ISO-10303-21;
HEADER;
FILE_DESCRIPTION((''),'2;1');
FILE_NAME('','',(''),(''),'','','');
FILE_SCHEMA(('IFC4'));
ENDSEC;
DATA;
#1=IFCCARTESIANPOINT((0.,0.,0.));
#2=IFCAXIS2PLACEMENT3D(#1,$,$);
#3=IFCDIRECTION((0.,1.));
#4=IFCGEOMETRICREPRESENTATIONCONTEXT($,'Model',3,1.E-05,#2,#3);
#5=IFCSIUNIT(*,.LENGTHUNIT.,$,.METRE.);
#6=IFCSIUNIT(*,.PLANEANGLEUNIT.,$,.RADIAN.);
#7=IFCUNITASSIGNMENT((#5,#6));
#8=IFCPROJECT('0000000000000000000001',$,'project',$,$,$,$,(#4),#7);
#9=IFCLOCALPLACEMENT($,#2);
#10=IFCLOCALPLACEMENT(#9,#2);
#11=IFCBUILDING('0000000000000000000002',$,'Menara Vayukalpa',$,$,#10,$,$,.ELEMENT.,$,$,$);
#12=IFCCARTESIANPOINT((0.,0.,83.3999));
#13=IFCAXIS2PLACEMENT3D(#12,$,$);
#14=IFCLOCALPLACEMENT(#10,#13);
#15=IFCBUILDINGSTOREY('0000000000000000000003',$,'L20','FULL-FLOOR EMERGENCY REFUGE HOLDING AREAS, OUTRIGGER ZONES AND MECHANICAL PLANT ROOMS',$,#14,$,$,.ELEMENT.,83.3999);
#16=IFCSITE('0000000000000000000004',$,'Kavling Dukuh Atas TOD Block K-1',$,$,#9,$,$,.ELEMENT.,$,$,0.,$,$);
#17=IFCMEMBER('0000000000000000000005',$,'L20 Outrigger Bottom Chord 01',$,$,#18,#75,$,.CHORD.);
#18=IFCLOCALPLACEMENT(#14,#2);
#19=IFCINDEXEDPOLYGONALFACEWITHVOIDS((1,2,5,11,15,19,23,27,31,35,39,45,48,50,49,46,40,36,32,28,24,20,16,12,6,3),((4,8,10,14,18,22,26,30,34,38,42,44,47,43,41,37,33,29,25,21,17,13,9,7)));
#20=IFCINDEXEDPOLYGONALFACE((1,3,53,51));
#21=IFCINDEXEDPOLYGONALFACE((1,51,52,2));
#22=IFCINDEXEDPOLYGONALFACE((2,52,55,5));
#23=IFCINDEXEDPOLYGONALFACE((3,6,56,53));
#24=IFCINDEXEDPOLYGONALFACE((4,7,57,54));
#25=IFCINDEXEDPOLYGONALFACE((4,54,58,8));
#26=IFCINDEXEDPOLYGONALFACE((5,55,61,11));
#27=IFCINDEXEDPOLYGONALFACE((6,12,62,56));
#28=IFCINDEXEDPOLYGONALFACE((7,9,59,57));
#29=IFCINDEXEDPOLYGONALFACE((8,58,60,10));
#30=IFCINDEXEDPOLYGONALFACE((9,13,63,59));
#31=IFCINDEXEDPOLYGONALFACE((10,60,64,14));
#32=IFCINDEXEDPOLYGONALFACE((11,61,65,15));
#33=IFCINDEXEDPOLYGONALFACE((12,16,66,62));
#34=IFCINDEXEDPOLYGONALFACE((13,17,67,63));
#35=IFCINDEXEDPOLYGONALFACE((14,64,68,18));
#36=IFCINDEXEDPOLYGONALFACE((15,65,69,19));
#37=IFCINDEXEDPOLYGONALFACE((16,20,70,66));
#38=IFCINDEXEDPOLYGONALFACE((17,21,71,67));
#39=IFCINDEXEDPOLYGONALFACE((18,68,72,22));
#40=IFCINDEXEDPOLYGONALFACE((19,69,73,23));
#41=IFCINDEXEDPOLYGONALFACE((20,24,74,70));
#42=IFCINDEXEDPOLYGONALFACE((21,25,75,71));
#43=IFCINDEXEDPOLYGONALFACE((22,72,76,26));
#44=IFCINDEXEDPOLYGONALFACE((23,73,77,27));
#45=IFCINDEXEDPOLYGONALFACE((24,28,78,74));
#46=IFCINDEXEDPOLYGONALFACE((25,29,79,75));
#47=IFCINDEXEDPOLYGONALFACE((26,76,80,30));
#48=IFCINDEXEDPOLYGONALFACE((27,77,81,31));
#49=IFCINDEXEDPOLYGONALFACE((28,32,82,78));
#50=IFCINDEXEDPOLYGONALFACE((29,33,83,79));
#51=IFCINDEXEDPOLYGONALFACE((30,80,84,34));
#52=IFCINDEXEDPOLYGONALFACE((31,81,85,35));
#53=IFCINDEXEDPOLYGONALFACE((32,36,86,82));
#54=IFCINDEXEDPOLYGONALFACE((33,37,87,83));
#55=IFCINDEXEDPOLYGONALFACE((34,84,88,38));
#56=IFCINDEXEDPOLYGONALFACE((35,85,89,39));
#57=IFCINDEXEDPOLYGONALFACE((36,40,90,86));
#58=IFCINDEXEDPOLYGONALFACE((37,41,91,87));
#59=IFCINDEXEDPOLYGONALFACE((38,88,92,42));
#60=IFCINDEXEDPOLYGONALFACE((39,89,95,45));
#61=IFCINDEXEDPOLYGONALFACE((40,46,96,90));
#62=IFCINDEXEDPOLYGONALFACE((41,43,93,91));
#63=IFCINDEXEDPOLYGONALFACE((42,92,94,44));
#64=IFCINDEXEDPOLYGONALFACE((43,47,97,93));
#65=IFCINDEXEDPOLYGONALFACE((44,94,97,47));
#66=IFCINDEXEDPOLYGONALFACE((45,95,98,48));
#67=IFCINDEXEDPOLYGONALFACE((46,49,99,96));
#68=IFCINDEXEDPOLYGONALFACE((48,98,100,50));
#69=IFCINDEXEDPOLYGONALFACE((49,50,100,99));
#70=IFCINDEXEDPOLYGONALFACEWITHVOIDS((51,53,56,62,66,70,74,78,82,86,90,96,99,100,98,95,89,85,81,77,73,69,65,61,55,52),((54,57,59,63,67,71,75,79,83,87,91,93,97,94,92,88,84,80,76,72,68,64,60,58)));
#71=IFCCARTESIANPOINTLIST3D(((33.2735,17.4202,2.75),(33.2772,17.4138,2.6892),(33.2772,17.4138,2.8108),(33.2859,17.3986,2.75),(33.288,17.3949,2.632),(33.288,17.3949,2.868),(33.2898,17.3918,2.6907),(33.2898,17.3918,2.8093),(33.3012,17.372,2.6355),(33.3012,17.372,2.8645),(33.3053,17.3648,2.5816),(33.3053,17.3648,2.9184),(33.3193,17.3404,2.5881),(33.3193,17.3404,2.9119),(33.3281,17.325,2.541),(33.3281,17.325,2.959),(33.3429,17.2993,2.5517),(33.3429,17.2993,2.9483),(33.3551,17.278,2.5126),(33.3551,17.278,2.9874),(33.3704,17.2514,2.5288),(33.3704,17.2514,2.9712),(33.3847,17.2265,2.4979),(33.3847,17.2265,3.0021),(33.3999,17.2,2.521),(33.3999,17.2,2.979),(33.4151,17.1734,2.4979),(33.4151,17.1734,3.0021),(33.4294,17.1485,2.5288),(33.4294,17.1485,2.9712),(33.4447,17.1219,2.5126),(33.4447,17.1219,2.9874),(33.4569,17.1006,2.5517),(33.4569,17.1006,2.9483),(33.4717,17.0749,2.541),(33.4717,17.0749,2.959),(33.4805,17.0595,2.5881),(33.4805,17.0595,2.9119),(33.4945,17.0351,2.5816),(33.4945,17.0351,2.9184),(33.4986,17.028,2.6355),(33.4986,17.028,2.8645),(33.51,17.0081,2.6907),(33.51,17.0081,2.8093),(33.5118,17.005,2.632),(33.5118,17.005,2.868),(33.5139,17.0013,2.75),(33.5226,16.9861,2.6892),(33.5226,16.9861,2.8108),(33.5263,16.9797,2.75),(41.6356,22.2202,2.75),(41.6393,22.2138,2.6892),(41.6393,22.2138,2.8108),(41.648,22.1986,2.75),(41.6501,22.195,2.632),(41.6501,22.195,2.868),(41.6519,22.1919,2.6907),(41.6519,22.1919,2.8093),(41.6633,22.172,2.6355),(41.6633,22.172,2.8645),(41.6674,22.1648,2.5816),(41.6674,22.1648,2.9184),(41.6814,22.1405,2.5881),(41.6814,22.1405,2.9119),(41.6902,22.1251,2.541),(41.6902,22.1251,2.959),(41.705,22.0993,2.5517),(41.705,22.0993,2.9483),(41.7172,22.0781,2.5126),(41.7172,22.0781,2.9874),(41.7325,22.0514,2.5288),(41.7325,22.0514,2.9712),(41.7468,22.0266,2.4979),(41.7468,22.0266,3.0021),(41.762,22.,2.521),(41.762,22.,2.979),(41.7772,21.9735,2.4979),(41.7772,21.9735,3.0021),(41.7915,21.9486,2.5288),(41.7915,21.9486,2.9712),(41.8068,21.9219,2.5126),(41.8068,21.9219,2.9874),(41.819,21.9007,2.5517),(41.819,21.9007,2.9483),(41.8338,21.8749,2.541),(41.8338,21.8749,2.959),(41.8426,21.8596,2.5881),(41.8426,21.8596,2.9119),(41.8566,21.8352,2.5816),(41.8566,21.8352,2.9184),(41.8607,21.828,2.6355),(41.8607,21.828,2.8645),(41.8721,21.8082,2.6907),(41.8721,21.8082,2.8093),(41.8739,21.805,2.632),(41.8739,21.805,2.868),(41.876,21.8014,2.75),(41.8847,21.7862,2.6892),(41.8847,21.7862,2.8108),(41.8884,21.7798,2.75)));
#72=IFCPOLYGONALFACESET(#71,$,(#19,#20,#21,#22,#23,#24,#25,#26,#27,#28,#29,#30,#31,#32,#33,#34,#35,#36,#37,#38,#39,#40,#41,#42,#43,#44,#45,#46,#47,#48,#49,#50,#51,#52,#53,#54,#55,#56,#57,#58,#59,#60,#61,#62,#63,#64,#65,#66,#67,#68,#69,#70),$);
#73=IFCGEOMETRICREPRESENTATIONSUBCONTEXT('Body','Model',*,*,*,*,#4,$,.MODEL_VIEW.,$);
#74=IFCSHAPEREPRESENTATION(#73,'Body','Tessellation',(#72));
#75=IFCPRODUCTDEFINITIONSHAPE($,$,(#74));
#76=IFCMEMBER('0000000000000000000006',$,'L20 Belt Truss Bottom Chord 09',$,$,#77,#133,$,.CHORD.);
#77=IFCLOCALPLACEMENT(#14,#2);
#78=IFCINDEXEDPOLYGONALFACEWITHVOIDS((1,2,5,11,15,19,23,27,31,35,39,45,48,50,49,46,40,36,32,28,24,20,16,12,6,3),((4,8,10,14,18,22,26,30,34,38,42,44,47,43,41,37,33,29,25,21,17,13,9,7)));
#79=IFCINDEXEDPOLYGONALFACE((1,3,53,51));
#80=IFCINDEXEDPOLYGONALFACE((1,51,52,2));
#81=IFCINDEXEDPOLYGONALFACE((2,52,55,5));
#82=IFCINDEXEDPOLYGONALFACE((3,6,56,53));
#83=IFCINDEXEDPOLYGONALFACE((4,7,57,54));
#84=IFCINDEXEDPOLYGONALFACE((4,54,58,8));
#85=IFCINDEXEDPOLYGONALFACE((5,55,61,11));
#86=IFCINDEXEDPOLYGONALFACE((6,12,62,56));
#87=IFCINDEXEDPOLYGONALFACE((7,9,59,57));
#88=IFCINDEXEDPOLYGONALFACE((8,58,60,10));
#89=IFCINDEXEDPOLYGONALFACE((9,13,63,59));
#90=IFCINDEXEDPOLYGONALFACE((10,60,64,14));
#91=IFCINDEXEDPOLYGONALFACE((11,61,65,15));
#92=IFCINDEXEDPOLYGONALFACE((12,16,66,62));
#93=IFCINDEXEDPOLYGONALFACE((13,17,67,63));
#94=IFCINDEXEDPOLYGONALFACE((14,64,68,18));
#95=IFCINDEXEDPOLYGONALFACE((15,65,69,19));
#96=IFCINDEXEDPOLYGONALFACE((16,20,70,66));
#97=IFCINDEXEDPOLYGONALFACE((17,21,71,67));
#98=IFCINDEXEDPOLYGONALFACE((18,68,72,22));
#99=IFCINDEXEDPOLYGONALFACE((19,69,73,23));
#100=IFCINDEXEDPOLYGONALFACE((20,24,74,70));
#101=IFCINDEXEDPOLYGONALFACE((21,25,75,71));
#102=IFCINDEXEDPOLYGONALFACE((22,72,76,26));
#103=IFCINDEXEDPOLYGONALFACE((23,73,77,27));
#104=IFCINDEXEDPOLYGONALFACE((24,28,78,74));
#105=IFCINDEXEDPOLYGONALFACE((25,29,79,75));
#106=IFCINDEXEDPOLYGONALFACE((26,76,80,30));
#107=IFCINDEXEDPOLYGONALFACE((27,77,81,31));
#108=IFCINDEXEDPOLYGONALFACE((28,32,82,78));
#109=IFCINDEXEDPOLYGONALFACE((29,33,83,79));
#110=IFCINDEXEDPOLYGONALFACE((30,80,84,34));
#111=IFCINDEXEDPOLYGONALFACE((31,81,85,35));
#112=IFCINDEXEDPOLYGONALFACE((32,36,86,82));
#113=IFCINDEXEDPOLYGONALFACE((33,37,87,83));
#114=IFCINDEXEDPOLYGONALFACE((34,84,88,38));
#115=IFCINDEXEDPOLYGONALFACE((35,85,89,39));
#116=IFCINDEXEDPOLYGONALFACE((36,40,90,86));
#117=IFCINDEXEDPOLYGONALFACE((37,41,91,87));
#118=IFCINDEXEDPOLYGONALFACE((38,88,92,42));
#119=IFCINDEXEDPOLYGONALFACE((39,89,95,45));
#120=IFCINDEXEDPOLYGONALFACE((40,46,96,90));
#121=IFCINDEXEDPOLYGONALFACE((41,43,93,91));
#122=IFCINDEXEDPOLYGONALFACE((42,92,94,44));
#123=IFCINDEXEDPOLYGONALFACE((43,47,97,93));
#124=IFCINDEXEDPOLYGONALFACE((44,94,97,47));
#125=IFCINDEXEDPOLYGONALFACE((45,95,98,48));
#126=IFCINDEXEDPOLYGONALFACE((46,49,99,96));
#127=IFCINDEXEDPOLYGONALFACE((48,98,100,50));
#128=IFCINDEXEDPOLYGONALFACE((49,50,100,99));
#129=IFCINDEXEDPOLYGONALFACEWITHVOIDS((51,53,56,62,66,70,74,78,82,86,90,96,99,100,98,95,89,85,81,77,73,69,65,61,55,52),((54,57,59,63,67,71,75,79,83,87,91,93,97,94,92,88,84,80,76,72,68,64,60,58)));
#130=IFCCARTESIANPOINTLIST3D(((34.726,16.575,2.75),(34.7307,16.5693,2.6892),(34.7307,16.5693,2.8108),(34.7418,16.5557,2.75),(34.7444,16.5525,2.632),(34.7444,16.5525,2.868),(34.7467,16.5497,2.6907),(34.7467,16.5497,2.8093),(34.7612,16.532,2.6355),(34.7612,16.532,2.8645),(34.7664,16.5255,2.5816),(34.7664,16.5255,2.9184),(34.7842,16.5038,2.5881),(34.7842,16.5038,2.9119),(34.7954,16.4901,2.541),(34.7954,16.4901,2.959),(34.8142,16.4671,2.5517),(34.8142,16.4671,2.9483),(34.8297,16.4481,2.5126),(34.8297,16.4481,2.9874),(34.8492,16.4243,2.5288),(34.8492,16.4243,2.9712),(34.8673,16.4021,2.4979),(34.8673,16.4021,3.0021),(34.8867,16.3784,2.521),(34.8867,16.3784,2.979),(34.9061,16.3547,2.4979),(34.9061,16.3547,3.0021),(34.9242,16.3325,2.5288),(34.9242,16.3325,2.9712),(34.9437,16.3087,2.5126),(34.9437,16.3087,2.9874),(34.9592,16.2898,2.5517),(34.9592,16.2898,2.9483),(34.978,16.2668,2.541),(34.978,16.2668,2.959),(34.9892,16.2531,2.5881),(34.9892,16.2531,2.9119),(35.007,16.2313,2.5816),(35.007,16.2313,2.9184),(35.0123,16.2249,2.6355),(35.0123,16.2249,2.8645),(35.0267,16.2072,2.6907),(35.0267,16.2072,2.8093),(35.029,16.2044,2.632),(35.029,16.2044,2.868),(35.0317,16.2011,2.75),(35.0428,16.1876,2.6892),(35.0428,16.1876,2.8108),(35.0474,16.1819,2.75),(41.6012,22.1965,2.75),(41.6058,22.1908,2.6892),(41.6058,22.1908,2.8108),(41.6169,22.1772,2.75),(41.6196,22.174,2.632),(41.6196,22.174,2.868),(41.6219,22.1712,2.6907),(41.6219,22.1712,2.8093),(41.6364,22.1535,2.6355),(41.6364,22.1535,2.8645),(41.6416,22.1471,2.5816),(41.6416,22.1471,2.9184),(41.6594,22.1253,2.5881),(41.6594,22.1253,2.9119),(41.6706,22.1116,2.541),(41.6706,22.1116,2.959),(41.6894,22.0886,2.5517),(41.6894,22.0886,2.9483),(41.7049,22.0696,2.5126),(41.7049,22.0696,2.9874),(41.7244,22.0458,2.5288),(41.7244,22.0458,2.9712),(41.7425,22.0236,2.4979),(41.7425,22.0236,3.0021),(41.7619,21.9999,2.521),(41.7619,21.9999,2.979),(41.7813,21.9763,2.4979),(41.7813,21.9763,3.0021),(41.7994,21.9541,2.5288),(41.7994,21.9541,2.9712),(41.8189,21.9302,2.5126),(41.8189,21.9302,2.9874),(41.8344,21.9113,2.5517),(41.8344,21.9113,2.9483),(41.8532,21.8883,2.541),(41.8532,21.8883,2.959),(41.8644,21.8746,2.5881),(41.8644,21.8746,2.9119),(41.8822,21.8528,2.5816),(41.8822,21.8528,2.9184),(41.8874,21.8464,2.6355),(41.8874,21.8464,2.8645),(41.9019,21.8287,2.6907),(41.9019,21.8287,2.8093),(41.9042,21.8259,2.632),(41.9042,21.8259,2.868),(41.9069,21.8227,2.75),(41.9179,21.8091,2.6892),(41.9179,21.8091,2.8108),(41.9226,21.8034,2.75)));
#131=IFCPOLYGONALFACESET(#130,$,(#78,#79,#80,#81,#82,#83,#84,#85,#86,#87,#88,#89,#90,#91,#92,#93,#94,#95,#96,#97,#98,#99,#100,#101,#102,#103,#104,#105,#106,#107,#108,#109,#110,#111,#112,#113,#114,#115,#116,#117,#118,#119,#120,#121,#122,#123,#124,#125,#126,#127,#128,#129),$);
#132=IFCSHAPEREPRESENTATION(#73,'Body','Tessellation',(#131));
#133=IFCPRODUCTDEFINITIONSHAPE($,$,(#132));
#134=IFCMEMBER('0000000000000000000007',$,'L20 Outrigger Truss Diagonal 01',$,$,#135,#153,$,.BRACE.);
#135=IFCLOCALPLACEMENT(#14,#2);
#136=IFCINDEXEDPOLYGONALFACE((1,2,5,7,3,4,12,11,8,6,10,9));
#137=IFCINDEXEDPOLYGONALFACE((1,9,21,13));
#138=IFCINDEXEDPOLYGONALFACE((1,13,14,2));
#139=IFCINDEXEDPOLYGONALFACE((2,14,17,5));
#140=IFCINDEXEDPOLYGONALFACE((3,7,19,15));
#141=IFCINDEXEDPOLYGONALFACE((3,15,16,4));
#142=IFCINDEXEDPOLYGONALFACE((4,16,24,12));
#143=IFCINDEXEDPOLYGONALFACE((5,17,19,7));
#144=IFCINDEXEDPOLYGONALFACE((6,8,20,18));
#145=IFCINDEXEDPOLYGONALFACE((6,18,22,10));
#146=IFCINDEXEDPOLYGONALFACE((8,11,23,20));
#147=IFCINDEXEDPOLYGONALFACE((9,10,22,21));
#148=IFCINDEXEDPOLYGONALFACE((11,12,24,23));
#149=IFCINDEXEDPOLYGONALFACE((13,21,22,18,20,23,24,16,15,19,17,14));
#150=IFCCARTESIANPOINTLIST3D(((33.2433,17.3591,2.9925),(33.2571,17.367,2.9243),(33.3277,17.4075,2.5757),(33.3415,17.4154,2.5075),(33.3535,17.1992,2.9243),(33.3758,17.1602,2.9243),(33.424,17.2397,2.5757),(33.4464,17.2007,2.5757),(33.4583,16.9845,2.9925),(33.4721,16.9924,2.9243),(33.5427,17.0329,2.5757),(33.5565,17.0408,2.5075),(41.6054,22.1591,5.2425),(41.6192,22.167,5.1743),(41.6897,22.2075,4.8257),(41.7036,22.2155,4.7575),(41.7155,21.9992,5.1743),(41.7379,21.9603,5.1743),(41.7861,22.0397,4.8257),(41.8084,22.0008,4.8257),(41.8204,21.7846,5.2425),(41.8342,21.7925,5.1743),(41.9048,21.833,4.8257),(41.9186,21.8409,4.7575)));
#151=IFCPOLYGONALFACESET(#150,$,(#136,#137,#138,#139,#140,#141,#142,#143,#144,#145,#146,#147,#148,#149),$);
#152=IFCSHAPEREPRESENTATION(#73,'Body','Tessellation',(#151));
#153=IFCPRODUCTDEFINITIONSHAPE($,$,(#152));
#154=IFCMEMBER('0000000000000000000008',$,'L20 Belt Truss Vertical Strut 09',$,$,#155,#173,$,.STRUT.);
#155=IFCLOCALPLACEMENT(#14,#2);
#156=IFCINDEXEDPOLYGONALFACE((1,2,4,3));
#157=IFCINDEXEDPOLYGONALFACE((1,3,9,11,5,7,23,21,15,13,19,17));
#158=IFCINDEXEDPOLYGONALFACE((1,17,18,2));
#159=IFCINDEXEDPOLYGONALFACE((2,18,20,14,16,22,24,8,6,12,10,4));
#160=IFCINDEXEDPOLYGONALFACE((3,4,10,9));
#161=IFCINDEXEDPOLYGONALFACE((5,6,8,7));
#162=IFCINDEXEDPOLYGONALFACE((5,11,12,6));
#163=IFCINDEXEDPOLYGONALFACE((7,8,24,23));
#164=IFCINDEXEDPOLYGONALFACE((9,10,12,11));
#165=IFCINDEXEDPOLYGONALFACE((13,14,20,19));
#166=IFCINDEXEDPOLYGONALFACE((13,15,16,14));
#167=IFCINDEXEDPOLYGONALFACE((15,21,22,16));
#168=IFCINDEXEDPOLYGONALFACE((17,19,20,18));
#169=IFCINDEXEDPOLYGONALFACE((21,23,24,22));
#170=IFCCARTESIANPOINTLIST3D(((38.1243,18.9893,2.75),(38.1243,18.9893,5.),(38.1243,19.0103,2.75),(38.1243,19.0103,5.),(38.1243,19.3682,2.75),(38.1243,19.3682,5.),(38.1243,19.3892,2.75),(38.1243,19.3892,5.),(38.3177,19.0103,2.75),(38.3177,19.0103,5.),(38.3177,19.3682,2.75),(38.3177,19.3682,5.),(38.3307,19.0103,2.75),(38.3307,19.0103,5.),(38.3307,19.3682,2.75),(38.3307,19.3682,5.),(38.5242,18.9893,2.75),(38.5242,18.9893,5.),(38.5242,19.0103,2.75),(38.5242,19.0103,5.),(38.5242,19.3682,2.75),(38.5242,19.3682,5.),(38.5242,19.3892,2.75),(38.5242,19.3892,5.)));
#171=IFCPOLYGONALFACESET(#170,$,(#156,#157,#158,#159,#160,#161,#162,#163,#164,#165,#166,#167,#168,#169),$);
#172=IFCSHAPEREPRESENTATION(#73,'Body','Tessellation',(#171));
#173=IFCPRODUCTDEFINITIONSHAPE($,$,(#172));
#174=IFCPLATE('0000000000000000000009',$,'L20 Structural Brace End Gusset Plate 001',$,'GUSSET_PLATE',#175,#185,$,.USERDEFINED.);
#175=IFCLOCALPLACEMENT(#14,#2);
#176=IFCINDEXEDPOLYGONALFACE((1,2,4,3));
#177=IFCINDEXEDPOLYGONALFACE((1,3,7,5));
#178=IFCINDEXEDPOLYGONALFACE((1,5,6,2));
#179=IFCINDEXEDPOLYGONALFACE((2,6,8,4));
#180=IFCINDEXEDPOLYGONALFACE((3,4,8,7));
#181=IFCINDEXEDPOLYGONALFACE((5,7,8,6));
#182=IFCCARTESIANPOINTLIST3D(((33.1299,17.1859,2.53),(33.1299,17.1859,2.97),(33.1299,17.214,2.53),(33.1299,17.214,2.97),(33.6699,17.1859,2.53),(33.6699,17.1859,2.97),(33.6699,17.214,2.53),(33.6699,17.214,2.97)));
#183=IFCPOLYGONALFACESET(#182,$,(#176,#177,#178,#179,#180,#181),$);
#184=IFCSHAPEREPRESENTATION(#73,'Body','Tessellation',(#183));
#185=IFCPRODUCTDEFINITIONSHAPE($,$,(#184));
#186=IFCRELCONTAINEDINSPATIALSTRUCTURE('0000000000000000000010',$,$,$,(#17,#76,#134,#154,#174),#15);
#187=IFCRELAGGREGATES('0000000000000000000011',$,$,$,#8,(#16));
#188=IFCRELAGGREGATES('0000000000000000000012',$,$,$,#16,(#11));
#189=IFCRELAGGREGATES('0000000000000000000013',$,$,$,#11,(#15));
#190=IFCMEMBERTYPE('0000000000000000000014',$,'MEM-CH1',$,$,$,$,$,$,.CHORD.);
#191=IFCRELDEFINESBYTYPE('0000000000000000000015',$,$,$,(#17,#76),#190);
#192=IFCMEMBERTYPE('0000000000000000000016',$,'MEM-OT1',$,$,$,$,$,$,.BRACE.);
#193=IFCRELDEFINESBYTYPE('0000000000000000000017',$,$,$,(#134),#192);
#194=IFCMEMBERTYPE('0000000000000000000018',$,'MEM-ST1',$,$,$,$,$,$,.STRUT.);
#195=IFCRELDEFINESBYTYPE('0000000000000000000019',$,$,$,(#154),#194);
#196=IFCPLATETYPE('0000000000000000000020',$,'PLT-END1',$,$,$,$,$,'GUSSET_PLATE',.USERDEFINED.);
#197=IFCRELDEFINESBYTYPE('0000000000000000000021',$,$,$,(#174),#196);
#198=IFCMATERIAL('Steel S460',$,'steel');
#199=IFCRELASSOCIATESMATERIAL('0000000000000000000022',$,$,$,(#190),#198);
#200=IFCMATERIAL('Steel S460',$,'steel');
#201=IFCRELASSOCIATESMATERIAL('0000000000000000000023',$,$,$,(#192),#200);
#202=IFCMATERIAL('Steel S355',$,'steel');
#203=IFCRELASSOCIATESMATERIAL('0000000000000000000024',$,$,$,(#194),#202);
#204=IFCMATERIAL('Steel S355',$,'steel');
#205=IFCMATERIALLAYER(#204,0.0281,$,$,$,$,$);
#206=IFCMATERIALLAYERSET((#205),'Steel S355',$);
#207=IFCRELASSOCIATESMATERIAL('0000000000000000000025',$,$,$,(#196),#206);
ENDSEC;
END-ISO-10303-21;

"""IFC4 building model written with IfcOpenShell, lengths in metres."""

from ifc_helpers import new_model, si_unit, direction, frame, origin, origin_2d, place, context, subcontext, project, spatial, rectangle, hollow_circle, i_section, extrude, material, layer, layer_set, material_profile, profile_set, type_object, element, save


model = new_model("IFC4")

# Units and contexts
model_context = context("Model", 3, precision=1e-05, world=origin(), true_north=direction((0.0, 1.0)))
body_context = subcontext(model_context, "Body", "Model", "MODEL_VIEW")
ifc_project = project(units=[si_unit("LENGTHUNIT", "METRE"), si_unit("PLANEANGLEUNIT", "RADIAN")], contexts=[model_context])

# Site, building, storey
site_placement = place(None, origin())
site = spatial("IfcSite", under=ifc_project, at=site_placement, Name="Kavling Dukuh Atas TOD Block K-1", CompositionType="ELEMENT", RefElevation=0.0)
building_placement = place(site_placement, origin())
building = spatial("IfcBuilding", under=site, at=building_placement, Name="Menara Vayukalpa", CompositionType="ELEMENT")
storey_placement = place(building_placement, frame((0.0, 0.0, 83.3999)))
storey = spatial("IfcBuildingStorey", under=building, at=storey_placement, Name="L20", Description="FULL-FLOOR EMERGENCY REFUGE HOLDING AREAS, OUTRIGGER ZONES AND MECHANICAL PLANT ROOMS", CompositionType="ELEMENT", Elevation=83.3999)

# Members
ifc_material_1 = material(Name="Steel S460", Category="steel")
ifc_material_profile_1 = material_profile(ifc_material_1, hollow_circle(Radius=0.2539, WallThickness=0.0249, at=origin_2d()), Name="CHS 508.0x25")
ifc_profile_set_1 = profile_set([ifc_material_profile_1], Name="Steel S460")
member_type_1 = type_object("IfcMemberType", Name="MEM-CH1", PredefinedType="CHORD", material=ifc_profile_set_1)
member_1_placement = place(storey_placement, frame((33.3999, 17.2, 2.75), z_axis=(0.867271, 0.497837, 0.0), x_axis=(-0.497837, 0.867271, 0.0)))
element("IfcMember", 1, at=member_1_placement, inside=storey, type_object=member_type_1, Name="L20 Outrigger Bottom Chord 01", PredefinedType="CHORD", context=body_context, shape_type="SweptSolid", body=[
    extrude(hollow_circle(Radius=0.2539, WallThickness=0.0249, at=origin_2d()), origin(), (0.0, 0.0, 1.0), 9.6418),
])
member_2_placement = place(storey_placement, frame((34.8867, 16.3784, 2.75), z_axis=(0.774157, 0.632994, 0.0), x_axis=(-0.632994, 0.774157, 0.0)))
element("IfcMember", 2, at=member_2_placement, inside=storey, type_object=member_type_1, Name="L20 Belt Truss Bottom Chord 09", PredefinedType="CHORD", context=body_context, shape_type="SweptSolid", body=[
    extrude(hollow_circle(Radius=0.2539, WallThickness=0.0249, at=origin_2d()), origin(), (0.0, 0.0, 1.0), 8.8809),
])
ifc_material_2 = material(Name="Steel S460", Category="steel")
ifc_material_profile_2 = material_profile(ifc_material_2, i_section(OverallWidth=0.4319, OverallDepth=0.498, WebThickness=0.0449, FlangeThickness=0.0701, at=origin_2d()), Name="H 498x432x45x70")
ifc_profile_set_2 = profile_set([ifc_material_profile_2], Name="Steel S460")
member_type_2 = type_object("IfcMemberType", Name="MEM-OT1", PredefinedType="BRACE", material=ifc_profile_set_2)
member_3_placement = place(storey_placement, frame((33.3999, 17.2, 2.75), z_axis=(0.844579, 0.484811, 0.227253), x_axis=(-0.497837, 0.867271, 0.0)))
element("IfcMember", 3, at=member_3_placement, inside=storey, type_object=member_type_2, Name="L20 Outrigger Truss Diagonal 01", PredefinedType="BRACE", context=body_context, shape_type="SweptSolid", body=[
    extrude(i_section(OverallWidth=0.4319, OverallDepth=0.498, WebThickness=0.0449, FlangeThickness=0.0701, at=origin_2d()), origin(), (0.0, 0.0, 1.0), 9.9009),
])
ifc_material_3 = material(Name="Steel S355", Category="steel")
ifc_material_profile_3 = material_profile(ifc_material_3, i_section(OverallWidth=0.3999, OverallDepth=0.3999, WebThickness=0.0129, FlangeThickness=0.021, at=origin_2d()), Name="H 400x400x13x21")
ifc_profile_set_3 = profile_set([ifc_material_profile_3], Name="Steel S355")
member_type_3 = type_object("IfcMemberType", Name="MEM-ST1", PredefinedType="STRUT", material=ifc_profile_set_3)
member_4_placement = place(storey_placement, frame((38.3242, 19.1892, 2.75), z_axis=(0.0, 0.0, 1.0), x_axis=(1.0, 0.0, 0.0)))
element("IfcMember", 4, at=member_4_placement, inside=storey, type_object=member_type_3, Name="L20 Belt Truss Vertical Strut 09", PredefinedType="STRUT", context=body_context, shape_type="SweptSolid", body=[
    extrude(i_section(OverallWidth=0.3999, OverallDepth=0.3999, WebThickness=0.0129, FlangeThickness=0.021, at=origin_2d()), origin(), (0.0, 0.0, 1.0), 2.25),
])

# Plate
ifc_material_4 = material(Name="Steel S355", Category="steel")
ifc_layer_1 = layer(ifc_material_4, 0.0281)
ifc_layer_set_1 = layer_set([ifc_layer_1], Name="Steel S355")
plate_type = type_object("IfcPlateType", Name="PLT-END1", ElementType="GUSSET_PLATE", PredefinedType="USERDEFINED", material=ifc_layer_set_1)
for number, where, z_axis, x_axis, name in (
    (5, (33.3999, 17.2, 2.53), (0.0, 0.0, 1.0), (1.0, 0.0, 0.0), "L20 Structural Brace End Gusset Plate 001"),
):
    element("IfcPlate", number, at=place(storey_placement, frame(where, z_axis=z_axis, x_axis=x_axis)), inside=storey, type_object=plate_type, Name=name, ObjectType="GUSSET_PLATE", PredefinedType="USERDEFINED", context=body_context, shape_type="SweptSolid", body=[
        extrude(rectangle(XDim=0.54, YDim=0.0281, at=origin_2d()), origin(), (0.0, 0.0, 1.0), 0.4399),
    ])

save(model, "model.ifc")
